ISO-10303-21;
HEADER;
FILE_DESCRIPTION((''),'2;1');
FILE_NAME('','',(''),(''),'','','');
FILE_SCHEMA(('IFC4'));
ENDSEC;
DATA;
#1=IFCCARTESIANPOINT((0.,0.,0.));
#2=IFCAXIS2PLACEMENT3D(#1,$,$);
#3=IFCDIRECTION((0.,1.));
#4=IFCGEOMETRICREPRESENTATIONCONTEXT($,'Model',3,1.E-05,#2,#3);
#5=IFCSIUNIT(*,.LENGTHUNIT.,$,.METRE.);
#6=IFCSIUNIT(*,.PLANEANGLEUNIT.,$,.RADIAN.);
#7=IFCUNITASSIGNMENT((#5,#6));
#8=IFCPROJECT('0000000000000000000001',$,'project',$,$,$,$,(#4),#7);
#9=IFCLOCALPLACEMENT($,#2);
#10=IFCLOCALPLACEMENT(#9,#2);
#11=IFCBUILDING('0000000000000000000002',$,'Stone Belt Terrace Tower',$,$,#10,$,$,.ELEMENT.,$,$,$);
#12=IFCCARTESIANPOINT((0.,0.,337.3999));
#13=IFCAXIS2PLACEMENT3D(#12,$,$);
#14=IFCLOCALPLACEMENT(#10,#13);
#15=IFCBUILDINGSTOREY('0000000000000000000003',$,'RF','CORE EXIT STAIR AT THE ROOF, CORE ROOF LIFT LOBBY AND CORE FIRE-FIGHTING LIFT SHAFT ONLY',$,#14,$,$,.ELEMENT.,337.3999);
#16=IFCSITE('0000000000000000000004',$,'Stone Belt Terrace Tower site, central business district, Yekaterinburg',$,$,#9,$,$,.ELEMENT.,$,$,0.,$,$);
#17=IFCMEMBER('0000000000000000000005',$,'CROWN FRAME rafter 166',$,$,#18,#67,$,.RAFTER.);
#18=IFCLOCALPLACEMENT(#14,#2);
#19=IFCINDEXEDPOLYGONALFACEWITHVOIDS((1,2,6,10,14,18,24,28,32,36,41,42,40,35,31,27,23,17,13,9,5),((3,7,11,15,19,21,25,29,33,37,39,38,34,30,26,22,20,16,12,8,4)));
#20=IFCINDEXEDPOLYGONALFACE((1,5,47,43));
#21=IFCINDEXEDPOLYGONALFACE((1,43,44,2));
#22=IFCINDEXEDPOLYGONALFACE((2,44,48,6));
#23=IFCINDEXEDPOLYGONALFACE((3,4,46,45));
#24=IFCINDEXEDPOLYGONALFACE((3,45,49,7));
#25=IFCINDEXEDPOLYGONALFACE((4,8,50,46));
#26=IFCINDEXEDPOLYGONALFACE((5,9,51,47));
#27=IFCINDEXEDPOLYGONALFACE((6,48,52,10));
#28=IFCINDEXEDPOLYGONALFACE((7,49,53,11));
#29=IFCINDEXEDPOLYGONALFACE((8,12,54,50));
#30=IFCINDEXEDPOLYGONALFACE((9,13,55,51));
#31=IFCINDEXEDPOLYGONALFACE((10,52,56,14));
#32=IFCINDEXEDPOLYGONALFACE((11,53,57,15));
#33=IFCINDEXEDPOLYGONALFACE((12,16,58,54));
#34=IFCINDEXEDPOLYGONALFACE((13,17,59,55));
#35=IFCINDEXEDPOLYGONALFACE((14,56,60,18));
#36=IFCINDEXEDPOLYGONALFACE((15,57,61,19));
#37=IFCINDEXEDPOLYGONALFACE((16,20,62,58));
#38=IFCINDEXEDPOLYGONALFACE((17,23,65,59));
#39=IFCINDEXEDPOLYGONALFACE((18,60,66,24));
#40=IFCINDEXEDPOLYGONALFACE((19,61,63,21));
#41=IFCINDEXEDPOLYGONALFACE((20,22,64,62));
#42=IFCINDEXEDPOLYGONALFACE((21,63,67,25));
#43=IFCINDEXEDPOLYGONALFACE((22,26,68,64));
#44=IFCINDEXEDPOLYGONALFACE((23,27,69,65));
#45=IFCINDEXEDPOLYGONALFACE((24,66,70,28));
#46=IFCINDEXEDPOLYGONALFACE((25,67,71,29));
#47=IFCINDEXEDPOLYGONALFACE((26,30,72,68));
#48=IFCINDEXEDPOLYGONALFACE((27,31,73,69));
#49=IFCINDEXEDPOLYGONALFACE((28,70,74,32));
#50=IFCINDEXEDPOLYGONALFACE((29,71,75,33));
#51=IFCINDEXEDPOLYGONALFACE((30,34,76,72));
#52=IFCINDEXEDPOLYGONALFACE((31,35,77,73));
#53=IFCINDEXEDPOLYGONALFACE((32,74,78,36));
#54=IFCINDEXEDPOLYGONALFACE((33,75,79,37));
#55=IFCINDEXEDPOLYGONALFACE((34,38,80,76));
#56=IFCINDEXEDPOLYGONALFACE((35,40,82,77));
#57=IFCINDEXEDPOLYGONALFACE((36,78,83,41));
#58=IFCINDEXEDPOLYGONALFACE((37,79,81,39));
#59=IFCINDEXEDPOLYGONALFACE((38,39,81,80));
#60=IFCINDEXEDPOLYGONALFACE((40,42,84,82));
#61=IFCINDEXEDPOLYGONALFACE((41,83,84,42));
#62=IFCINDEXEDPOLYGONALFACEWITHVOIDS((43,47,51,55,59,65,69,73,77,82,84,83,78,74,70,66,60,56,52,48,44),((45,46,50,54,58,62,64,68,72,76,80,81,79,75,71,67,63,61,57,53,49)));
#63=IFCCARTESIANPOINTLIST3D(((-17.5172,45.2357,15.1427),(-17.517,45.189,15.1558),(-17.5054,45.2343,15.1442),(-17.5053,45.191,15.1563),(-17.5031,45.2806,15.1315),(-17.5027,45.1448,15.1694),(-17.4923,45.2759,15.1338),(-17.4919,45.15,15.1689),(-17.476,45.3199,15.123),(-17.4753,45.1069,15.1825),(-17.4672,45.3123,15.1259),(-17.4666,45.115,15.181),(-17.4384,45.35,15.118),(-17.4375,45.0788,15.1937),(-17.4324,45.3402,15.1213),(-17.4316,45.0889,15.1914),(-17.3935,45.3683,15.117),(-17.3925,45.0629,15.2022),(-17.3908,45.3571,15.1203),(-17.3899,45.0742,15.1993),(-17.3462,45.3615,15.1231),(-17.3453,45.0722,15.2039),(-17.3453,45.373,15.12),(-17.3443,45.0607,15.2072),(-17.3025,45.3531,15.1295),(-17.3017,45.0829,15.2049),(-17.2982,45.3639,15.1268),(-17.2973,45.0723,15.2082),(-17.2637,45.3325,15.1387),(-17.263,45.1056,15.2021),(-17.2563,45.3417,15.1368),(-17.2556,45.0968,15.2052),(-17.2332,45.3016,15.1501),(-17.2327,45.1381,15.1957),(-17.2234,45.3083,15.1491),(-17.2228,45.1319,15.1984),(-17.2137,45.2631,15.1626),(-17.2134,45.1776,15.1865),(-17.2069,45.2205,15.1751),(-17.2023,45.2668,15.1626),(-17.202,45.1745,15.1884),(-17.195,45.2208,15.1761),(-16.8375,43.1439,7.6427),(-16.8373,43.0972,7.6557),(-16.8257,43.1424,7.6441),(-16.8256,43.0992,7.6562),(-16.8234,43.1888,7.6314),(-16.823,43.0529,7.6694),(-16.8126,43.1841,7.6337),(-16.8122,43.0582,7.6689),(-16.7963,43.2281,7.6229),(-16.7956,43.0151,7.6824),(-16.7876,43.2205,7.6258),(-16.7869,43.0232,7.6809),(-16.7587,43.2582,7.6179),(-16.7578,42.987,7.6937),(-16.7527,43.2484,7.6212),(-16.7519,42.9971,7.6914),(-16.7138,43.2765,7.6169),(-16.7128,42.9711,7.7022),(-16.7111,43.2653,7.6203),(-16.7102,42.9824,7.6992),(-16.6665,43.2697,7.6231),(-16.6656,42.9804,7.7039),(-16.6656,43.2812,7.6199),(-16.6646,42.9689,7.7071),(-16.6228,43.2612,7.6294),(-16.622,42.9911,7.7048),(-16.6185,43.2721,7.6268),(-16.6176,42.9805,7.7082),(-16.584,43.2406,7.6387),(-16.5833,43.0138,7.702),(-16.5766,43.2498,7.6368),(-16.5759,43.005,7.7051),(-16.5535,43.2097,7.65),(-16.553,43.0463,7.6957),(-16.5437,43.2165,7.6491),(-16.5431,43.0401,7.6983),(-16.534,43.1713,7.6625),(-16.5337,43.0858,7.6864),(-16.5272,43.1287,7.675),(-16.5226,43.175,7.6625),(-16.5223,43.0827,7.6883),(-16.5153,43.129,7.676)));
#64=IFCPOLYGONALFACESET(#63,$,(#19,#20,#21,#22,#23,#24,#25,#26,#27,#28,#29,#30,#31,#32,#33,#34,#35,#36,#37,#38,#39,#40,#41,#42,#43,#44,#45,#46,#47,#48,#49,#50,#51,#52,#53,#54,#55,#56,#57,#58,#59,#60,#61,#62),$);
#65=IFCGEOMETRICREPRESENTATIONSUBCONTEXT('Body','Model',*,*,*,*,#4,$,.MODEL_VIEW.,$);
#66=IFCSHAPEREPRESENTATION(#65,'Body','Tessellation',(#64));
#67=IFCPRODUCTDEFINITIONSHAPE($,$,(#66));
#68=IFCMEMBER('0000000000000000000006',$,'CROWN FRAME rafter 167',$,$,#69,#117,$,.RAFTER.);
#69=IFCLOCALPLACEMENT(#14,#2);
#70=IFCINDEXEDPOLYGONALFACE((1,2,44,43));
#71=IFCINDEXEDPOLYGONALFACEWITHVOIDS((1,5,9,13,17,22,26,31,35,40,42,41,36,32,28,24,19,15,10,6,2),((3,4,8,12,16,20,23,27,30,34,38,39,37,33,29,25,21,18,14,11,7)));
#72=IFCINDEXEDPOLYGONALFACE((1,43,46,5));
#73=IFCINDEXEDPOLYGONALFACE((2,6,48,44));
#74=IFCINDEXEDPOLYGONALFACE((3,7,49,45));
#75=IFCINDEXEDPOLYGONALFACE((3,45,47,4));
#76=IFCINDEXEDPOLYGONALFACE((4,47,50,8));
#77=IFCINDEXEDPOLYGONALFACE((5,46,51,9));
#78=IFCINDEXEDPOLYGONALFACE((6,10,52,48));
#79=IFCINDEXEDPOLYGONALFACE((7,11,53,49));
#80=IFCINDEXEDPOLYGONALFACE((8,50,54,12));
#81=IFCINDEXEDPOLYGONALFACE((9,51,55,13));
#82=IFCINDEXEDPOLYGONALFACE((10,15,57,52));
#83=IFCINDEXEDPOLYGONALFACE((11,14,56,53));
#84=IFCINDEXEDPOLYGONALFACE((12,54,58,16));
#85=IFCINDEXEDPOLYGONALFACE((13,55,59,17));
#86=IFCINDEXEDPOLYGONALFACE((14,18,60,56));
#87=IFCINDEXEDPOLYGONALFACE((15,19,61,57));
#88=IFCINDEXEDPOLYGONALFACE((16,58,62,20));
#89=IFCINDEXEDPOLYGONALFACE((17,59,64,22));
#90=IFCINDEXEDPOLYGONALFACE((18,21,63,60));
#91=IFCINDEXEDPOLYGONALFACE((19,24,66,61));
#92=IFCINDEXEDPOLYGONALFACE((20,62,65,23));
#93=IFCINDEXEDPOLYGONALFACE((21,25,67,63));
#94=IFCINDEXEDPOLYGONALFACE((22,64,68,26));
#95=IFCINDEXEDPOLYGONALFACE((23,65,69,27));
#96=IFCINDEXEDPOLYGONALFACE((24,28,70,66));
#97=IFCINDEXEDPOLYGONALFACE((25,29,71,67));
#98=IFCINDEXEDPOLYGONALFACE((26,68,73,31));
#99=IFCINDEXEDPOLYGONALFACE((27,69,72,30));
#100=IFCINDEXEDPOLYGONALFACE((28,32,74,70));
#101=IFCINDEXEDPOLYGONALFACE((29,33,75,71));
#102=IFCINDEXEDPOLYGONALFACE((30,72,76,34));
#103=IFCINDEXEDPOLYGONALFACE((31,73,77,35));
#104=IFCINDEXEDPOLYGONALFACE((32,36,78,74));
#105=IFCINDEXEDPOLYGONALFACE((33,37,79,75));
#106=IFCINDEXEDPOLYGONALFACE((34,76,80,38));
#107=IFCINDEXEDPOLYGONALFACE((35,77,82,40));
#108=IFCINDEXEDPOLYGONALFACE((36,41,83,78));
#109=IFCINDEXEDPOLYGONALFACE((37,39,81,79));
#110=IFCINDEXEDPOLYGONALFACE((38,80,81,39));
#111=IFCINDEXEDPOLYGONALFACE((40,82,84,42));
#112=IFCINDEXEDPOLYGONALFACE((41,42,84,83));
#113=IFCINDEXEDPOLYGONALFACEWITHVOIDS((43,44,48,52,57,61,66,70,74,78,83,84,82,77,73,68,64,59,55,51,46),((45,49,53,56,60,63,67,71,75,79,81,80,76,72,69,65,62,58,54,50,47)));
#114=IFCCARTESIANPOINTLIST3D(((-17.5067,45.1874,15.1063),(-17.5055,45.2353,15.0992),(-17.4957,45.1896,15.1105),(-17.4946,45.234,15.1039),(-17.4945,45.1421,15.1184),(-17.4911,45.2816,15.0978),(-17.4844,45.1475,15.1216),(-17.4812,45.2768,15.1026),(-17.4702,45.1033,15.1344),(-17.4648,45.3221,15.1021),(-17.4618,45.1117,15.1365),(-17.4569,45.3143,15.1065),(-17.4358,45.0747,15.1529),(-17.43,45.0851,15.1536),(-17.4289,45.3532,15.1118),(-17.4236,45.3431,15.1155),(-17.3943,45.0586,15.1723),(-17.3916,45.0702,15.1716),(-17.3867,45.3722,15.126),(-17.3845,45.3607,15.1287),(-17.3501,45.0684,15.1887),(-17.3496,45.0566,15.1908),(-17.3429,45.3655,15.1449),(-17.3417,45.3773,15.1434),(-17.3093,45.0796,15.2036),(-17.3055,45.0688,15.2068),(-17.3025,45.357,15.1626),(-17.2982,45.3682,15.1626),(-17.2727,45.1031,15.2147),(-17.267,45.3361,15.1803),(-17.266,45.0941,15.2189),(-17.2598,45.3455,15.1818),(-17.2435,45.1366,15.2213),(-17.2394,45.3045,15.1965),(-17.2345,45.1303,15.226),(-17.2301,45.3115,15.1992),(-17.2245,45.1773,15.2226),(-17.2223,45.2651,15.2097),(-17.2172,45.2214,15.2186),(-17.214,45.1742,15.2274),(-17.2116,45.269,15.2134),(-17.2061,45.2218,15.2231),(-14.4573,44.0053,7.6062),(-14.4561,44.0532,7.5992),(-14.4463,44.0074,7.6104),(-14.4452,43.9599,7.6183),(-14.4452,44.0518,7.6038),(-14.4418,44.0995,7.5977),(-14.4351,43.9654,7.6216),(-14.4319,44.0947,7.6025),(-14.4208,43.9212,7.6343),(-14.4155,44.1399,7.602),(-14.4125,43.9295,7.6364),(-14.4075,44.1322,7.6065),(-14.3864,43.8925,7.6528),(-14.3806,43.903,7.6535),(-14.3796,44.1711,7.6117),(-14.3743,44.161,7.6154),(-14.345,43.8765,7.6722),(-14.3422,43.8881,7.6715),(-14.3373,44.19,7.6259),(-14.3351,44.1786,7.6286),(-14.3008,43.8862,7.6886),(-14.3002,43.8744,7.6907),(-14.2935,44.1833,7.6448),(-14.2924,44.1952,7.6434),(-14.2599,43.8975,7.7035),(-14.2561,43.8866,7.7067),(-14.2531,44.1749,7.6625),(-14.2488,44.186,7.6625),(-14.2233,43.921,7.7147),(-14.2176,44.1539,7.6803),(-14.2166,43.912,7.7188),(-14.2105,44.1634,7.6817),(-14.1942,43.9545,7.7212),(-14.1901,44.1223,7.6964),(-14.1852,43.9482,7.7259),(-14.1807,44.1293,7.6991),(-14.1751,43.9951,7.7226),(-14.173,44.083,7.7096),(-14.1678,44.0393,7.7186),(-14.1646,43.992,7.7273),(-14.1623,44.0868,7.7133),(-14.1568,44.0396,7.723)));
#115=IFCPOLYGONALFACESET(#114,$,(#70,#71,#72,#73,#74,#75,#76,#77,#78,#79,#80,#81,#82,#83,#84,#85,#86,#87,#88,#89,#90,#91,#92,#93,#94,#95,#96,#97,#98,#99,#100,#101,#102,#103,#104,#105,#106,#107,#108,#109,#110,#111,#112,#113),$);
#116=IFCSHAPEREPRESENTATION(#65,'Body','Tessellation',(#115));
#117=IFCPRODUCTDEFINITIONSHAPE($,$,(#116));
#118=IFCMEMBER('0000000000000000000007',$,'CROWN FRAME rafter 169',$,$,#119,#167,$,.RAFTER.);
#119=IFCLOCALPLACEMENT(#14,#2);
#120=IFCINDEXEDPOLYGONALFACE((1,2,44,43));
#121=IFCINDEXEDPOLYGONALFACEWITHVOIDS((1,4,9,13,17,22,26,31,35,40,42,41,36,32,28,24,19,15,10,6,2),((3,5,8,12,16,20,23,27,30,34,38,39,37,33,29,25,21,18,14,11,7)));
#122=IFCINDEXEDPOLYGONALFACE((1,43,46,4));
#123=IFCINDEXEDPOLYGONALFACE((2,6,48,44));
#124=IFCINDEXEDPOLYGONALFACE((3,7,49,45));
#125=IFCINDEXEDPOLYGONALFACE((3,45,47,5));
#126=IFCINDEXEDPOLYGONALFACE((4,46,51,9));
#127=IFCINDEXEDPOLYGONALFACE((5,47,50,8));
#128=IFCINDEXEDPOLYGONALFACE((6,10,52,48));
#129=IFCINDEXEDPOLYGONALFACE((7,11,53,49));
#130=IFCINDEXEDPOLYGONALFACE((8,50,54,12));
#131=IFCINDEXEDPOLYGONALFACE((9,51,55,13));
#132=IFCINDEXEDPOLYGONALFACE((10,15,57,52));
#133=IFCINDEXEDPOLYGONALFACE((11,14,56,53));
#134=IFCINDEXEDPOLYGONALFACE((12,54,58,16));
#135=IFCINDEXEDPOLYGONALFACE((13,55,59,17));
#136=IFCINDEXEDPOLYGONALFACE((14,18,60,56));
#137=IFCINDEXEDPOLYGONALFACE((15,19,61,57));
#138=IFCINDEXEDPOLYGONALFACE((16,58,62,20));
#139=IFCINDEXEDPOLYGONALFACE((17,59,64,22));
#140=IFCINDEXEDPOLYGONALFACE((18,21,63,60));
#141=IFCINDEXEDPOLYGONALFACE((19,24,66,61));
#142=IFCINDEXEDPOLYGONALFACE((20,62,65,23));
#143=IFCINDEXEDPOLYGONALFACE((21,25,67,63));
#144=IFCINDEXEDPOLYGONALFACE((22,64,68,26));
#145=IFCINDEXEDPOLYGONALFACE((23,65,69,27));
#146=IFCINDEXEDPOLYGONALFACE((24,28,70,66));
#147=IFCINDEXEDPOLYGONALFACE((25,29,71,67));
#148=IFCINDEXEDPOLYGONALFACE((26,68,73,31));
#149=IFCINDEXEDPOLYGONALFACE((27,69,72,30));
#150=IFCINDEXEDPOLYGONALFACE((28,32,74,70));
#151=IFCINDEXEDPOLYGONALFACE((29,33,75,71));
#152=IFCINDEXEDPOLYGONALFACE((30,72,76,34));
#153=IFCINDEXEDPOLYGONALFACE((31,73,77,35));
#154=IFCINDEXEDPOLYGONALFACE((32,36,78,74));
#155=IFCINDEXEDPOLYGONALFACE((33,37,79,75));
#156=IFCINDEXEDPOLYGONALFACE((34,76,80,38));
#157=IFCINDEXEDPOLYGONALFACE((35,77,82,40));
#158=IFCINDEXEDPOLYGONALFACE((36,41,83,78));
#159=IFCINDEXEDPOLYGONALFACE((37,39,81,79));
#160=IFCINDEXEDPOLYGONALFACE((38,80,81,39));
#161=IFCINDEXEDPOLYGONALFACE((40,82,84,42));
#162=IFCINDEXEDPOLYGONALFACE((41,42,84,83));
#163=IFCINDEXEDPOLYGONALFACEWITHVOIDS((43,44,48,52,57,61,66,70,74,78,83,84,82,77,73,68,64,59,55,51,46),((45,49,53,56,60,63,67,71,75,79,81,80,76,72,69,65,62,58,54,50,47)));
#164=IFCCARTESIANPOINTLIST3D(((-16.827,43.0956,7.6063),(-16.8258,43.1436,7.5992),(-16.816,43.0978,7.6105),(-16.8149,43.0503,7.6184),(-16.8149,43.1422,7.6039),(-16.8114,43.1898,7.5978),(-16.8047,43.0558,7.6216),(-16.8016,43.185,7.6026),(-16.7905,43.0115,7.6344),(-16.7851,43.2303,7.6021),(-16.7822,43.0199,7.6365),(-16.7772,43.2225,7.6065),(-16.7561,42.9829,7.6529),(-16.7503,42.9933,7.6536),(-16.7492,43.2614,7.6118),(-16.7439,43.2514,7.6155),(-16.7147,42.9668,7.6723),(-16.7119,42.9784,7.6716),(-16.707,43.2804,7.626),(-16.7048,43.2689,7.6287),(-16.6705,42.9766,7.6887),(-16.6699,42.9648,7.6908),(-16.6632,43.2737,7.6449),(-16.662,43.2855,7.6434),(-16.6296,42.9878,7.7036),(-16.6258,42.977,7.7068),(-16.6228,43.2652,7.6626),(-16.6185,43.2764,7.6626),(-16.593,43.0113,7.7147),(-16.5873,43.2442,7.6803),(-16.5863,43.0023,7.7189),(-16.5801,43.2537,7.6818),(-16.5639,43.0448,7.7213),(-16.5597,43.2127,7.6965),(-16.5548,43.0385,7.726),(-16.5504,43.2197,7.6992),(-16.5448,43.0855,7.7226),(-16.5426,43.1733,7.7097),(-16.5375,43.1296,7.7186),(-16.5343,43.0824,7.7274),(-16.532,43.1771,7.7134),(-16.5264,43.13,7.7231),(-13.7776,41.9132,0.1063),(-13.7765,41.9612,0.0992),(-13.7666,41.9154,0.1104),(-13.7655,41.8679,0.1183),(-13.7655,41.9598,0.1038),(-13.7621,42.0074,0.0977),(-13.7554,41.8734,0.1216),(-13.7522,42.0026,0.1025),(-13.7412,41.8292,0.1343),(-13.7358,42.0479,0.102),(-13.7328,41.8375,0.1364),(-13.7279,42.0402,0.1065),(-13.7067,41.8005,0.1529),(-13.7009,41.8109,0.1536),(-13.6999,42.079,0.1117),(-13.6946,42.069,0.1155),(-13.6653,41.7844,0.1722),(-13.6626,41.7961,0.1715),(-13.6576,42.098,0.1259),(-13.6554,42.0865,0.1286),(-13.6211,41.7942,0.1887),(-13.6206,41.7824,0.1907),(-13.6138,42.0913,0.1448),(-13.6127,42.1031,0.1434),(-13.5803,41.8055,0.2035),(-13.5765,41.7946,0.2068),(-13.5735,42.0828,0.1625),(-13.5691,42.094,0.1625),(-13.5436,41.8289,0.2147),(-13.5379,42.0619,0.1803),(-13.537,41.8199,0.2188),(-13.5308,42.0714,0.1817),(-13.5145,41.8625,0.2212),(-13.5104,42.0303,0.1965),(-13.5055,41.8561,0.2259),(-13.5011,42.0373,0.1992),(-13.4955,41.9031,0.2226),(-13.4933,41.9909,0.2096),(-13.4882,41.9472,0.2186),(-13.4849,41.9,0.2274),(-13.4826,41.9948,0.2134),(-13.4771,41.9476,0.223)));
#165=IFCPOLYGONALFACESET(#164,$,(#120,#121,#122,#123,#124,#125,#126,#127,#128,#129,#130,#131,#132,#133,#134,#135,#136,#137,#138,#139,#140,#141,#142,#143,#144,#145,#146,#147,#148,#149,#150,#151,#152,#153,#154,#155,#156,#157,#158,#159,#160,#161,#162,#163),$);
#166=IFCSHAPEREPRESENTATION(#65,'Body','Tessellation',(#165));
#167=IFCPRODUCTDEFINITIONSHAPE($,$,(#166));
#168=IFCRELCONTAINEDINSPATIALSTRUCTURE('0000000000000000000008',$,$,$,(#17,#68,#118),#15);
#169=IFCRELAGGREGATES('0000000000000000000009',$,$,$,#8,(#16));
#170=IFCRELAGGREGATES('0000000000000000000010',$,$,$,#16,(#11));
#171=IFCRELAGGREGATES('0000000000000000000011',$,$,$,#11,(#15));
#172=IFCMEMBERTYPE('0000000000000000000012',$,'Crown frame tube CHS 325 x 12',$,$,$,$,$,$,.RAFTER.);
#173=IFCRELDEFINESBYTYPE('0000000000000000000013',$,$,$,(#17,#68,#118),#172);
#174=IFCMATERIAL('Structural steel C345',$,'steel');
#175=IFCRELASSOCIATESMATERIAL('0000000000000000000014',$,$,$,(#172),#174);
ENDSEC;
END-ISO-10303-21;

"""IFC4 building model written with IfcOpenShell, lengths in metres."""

from ifc_helpers import new_model, si_unit, direction, frame, origin, origin_2d, place, context, subcontext, project, spatial, hollow_circle, extrude, material, material_profile, profile_set, type_object, element, save


model = new_model("IFC4")

# Units and contexts
model_context = context("Model", 3, precision=1e-05, world=origin(), true_north=direction((0.0, 1.0)))
body_context = subcontext(model_context, "Body", "Model", "MODEL_VIEW")
ifc_project = project(units=[si_unit("LENGTHUNIT", "METRE"), si_unit("PLANEANGLEUNIT", "RADIAN")], contexts=[model_context])

# Site, building, storey
site_placement = place(None, origin())
site = spatial("IfcSite", under=ifc_project, at=site_placement, Name="Stone Belt Terrace Tower site, central business district, Yekaterinburg", CompositionType="ELEMENT", RefElevation=0.0)
building_placement = place(site_placement, origin())
building = spatial("IfcBuilding", under=site, at=building_placement, Name="Stone Belt Terrace Tower", CompositionType="ELEMENT")
storey_placement = place(building_placement, frame((0.0, 0.0, 337.3999)))
storey = spatial("IfcBuildingStorey", under=building, at=storey_placement, Name="RF", Description="CORE EXIT STAIR AT THE ROOF, CORE ROOF LIFT LOBBY AND CORE FIRE-FIGHTING LIFT SHAFT ONLY", CompositionType="ELEMENT", Elevation=337.3999)

# Members
ifc_material_1 = material(Name="Structural steel C345", Category="steel")
ifc_material_profile_1 = material_profile(ifc_material_1, hollow_circle(Radius=0.1626, WallThickness=0.012, at=origin_2d()), Name="Structural steel C345 CHS 325x12")
ifc_profile_set_1 = profile_set([ifc_material_profile_1], Name="Structural steel C345")
member_type_1 = type_object("IfcMemberType", Name="Crown frame tube CHS 325 x 12", PredefinedType="RAFTER", material=ifc_profile_set_1)
member_1_placement = place(storey_placement, frame((-17.3569, 45.2166, 15.1626), z_axis=(0.086963, -0.267635, -0.959588), x_axis=(0.951054, 0.309026, 0.0)))
element("IfcMember", 1, at=member_1_placement, inside=storey, type_object=member_type_1, Name="CROWN FRAME rafter 166", PredefinedType="RAFTER", context=body_context, shape_type="SweptSolid", body=[
    extrude(hollow_circle(Radius=0.1626, WallThickness=0.012, at=origin_2d()), origin(), (0.0, 0.0, 1.0), 7.8159),
])
for number, where, z_axis, x_axis, name in (
    (2, (-17.3569, 45.2166, 15.1626), (0.372684, -0.144479, -0.916642), (0.361459, 0.932388, 0.0), "CROWN FRAME rafter 167"),
    (3, (-16.6772, 43.1248, 7.6626), (0.372683, -0.144508, -0.916638), (0.361524, 0.932363, 0.0), "CROWN FRAME rafter 169"),
):
    element("IfcMember", number, at=place(storey_placement, frame(where, z_axis=z_axis, x_axis=x_axis)), inside=storey, type_object=member_type_1, Name=name, PredefinedType="RAFTER", context=body_context, shape_type="SweptSolid", body=[
        extrude(hollow_circle(Radius=0.1626, WallThickness=0.012, at=origin_2d()), origin(), (0.0, 0.0, 1.0), 8.1821),
    ])

save(model, "model.ifc")
